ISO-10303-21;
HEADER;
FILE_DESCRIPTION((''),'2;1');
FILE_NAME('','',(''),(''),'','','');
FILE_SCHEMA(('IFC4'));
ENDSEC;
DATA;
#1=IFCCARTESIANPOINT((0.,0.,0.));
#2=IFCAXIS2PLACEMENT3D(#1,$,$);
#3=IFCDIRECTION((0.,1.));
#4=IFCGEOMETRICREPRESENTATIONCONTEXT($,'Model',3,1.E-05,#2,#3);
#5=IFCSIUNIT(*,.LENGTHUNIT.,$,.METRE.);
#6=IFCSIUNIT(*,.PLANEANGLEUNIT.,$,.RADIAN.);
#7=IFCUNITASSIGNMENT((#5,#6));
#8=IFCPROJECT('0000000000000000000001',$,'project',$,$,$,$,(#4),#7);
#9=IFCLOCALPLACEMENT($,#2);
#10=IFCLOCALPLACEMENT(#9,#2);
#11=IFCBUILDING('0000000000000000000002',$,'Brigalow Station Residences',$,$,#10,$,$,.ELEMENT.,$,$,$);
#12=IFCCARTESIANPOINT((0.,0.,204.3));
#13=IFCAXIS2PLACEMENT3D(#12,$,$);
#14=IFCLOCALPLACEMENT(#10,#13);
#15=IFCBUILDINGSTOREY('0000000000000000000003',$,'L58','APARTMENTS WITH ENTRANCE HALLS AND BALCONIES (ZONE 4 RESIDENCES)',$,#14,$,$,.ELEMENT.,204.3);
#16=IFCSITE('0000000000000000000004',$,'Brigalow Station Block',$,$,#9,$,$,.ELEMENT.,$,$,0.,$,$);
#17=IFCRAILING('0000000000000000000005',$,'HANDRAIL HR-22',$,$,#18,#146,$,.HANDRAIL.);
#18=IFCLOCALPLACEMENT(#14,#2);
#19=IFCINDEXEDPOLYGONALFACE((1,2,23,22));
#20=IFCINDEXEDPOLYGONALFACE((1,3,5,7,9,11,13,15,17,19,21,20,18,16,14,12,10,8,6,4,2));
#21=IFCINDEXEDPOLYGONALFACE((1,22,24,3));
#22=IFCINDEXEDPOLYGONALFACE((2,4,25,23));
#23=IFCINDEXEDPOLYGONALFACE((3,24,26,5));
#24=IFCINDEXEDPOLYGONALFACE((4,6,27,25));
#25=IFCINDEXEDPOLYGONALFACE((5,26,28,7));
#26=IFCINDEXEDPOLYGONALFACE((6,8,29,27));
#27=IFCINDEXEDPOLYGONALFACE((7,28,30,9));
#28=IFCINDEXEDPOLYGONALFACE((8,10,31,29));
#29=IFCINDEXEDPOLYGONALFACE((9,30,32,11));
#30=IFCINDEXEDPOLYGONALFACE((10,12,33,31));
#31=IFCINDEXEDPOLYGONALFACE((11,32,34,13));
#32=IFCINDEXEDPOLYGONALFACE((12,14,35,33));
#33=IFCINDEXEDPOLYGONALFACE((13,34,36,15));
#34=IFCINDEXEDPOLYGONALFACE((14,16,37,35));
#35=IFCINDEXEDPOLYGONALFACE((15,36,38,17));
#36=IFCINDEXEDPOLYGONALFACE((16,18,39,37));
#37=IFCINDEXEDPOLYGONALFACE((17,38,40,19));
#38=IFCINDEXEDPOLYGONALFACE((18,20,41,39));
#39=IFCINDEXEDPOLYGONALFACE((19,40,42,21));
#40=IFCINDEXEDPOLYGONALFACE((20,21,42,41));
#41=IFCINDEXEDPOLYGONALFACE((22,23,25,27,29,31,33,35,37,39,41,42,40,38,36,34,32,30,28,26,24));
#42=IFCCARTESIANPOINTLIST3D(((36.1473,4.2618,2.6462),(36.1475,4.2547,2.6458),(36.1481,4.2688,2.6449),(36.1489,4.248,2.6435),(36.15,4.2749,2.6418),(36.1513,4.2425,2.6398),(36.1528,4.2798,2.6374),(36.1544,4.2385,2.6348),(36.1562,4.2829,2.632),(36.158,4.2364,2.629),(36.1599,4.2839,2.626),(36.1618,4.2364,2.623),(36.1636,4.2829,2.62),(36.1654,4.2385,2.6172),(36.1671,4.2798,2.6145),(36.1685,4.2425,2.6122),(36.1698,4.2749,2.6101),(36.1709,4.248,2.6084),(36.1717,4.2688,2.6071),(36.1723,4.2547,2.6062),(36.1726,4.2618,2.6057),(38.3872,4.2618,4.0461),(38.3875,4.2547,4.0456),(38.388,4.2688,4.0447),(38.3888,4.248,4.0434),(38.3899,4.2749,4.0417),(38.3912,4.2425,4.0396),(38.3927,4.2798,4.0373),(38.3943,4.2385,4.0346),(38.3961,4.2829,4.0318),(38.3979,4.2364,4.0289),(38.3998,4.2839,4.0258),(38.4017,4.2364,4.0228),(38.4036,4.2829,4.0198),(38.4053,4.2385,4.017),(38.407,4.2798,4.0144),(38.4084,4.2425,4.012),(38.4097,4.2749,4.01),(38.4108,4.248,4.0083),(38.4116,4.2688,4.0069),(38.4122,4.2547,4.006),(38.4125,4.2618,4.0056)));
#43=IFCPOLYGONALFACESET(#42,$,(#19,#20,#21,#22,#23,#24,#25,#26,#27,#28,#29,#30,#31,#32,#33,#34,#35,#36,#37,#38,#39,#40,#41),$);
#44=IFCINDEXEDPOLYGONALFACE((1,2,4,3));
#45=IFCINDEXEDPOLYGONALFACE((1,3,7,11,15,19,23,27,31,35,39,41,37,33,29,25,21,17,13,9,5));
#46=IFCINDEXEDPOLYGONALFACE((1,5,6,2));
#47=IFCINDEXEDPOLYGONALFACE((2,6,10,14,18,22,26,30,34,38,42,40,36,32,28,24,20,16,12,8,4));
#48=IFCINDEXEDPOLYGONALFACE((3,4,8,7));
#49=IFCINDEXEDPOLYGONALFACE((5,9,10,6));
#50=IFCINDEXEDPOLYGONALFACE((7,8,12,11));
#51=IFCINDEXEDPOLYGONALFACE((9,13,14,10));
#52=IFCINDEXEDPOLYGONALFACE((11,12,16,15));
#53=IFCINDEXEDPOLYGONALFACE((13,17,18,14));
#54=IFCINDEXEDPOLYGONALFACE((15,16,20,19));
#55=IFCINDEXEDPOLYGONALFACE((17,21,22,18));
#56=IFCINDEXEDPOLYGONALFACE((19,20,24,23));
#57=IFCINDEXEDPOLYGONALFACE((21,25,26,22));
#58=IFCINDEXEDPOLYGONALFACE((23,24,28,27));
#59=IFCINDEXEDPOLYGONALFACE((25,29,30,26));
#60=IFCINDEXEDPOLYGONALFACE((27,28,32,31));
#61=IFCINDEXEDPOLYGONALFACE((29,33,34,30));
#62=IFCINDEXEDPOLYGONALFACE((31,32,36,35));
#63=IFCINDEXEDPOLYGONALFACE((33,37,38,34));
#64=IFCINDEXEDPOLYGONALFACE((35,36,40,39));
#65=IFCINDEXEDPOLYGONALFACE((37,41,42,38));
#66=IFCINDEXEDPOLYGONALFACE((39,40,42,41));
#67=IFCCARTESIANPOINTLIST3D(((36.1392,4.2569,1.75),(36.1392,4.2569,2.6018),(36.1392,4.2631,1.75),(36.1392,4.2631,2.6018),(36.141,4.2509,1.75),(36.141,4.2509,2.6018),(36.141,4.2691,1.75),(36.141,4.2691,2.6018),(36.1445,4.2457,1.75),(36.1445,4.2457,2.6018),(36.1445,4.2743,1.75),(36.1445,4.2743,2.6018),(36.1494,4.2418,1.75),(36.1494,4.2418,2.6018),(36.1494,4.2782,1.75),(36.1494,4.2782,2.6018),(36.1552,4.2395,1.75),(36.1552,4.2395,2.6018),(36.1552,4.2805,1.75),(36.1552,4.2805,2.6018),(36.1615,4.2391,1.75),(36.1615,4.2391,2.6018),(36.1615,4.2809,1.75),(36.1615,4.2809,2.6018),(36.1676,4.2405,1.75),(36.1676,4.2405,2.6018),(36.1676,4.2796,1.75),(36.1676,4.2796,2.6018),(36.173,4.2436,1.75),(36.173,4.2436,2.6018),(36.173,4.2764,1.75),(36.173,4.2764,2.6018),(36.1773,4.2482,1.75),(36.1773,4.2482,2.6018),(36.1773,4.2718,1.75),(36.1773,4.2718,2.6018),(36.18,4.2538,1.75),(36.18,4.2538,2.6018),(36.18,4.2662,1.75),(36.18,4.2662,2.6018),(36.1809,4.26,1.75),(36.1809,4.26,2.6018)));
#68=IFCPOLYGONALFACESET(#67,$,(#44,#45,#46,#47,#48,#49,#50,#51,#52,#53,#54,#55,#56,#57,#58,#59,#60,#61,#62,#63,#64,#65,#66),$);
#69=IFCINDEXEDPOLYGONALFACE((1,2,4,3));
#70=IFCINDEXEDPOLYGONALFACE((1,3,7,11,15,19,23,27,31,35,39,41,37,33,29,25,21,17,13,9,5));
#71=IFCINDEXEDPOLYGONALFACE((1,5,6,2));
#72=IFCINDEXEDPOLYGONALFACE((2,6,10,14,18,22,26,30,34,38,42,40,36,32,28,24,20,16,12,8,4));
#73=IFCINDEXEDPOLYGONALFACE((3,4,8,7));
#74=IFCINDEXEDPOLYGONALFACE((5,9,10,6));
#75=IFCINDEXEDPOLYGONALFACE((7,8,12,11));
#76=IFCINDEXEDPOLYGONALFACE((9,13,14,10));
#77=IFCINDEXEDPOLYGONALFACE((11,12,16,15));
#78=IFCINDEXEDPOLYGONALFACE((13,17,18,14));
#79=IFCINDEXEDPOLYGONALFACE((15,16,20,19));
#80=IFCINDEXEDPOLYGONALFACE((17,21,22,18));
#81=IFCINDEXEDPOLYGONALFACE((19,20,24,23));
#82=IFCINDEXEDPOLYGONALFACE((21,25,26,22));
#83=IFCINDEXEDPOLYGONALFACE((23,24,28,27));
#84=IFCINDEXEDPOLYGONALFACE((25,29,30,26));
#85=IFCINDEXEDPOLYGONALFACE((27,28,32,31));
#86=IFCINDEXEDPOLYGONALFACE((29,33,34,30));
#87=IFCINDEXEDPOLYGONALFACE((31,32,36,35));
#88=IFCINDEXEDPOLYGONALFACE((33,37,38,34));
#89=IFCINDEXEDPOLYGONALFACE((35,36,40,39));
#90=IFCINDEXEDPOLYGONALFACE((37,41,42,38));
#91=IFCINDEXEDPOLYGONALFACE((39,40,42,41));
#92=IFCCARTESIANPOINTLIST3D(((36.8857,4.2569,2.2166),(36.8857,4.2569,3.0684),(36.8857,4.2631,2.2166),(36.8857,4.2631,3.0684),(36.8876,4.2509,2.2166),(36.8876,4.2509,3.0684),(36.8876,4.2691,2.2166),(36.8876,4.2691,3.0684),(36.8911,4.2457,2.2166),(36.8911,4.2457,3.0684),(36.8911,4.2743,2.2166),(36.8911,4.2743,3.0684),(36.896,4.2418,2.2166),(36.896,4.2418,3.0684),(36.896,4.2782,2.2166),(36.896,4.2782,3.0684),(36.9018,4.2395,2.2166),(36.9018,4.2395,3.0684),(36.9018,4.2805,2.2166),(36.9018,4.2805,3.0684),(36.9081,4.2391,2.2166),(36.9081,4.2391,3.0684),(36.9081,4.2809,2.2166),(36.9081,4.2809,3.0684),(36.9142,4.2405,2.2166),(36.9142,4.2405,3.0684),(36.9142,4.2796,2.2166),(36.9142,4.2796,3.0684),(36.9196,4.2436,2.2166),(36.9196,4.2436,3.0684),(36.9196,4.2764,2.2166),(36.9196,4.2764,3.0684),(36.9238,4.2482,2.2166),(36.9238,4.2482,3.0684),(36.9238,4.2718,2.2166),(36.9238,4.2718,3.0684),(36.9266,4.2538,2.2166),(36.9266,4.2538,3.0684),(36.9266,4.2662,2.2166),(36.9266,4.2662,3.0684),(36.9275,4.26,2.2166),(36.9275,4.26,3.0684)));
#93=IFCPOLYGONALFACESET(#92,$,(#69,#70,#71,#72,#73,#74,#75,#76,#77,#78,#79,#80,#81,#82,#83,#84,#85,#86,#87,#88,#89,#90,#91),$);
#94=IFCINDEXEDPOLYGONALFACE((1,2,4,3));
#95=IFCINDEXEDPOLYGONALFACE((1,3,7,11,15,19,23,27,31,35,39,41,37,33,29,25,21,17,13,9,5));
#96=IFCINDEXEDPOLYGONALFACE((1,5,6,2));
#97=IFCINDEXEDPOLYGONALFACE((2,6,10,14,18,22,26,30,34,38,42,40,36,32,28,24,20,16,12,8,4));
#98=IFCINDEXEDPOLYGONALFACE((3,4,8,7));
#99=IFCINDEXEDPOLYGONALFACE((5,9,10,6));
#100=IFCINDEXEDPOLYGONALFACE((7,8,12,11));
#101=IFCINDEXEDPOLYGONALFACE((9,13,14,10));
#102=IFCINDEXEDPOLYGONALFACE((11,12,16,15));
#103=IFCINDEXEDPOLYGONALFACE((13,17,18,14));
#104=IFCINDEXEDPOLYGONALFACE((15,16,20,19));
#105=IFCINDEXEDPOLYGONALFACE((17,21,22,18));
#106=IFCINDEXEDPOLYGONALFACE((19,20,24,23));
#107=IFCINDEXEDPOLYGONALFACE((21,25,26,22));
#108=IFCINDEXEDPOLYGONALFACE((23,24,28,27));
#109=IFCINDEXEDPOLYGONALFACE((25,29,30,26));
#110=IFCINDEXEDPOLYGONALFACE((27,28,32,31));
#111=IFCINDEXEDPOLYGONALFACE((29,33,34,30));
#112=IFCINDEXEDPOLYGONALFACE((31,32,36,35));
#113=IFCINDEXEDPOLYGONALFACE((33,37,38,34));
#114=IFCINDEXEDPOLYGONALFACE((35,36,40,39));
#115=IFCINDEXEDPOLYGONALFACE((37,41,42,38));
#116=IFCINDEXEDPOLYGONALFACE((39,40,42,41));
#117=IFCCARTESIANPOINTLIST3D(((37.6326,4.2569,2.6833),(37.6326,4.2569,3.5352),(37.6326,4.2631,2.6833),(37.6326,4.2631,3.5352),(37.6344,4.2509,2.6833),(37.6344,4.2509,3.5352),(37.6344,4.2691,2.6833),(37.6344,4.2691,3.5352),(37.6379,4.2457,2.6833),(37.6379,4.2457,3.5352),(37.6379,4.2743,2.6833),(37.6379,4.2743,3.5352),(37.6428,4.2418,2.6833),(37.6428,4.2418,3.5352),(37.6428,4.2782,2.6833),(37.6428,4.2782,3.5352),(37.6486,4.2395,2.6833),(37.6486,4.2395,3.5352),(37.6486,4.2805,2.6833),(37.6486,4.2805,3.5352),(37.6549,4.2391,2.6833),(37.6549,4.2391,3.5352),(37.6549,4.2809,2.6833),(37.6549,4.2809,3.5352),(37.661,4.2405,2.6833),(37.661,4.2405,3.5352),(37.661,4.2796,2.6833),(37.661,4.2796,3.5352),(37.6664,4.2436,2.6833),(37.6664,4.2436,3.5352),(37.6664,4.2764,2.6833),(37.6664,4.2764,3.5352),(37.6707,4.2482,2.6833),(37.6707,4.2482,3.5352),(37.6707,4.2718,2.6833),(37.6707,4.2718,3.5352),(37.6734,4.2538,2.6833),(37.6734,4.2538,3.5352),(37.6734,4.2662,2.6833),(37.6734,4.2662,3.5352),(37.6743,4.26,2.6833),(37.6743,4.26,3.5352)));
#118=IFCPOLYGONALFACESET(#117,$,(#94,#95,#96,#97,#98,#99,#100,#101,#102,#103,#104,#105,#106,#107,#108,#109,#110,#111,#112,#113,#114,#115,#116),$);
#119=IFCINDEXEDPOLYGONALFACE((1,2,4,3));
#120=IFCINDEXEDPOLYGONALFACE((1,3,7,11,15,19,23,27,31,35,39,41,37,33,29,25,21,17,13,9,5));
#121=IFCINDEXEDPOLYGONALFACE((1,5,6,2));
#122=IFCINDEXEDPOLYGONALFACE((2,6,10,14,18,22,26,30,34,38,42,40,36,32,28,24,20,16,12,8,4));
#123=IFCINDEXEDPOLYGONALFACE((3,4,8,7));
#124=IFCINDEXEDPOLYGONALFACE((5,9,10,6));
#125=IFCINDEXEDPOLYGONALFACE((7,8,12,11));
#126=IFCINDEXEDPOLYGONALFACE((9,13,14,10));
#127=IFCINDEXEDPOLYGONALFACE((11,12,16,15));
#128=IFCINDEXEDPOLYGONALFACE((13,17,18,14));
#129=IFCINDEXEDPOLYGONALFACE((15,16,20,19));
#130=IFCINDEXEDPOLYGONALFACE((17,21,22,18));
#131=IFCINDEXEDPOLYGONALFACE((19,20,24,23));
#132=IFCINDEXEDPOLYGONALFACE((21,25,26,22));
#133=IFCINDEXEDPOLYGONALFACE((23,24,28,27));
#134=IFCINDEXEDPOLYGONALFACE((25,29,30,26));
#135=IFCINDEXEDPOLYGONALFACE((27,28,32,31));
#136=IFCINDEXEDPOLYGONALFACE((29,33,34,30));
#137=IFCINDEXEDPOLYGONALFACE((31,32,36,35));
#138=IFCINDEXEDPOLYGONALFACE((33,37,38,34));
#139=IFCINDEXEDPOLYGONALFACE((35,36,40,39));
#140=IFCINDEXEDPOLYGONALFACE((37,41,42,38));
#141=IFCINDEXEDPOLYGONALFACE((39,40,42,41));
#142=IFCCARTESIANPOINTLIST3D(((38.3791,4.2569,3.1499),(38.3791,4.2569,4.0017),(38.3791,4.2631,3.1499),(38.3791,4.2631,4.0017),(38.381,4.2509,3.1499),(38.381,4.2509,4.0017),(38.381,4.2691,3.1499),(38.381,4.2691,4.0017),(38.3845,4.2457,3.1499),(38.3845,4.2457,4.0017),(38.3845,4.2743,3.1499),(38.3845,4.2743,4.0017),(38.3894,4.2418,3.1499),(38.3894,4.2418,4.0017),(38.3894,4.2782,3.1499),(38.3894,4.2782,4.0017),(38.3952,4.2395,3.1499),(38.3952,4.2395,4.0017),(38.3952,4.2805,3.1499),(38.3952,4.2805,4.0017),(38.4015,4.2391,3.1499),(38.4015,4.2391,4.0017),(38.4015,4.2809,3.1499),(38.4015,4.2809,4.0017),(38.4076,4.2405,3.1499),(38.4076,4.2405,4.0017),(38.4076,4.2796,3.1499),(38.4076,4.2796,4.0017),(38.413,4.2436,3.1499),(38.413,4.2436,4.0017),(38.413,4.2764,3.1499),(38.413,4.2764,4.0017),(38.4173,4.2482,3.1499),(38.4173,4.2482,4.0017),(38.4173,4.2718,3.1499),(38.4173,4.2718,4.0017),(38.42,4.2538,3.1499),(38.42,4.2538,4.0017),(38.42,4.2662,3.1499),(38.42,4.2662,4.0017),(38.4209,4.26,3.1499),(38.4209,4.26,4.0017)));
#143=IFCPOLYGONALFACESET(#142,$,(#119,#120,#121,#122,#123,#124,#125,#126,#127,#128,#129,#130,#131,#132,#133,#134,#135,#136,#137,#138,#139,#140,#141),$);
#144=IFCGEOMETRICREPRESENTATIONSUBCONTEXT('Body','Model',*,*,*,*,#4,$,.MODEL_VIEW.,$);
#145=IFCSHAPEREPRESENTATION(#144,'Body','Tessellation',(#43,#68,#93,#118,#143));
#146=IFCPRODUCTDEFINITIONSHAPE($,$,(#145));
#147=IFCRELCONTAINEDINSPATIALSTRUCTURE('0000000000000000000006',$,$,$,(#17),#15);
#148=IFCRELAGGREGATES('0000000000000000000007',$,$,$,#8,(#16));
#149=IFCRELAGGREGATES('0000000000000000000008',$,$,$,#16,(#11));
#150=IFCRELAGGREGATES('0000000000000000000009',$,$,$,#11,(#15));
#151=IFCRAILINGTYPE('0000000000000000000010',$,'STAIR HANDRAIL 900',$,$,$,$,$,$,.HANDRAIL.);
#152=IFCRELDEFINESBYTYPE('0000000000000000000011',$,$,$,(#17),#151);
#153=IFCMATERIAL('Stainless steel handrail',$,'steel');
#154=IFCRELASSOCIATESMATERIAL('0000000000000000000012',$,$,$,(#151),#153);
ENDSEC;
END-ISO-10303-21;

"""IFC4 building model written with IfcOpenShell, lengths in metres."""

from ifc_helpers import new_model, si_unit, direction, frame, origin, origin_2d, place, context, subcontext, project, spatial, circle, extrude, material, type_object, element, save


model = new_model("IFC4")

# Units and contexts
model_context = context("Model", 3, precision=1e-05, world=origin(), true_north=direction((0.0, 1.0)))
body_context = subcontext(model_context, "Body", "Model", "MODEL_VIEW")
ifc_project = project(units=[si_unit("LENGTHUNIT", "METRE"), si_unit("PLANEANGLEUNIT", "RADIAN")], contexts=[model_context])

# Site, building, storey
site_placement = place(None, origin())
site = spatial("IfcSite", under=ifc_project, at=site_placement, Name="Brigalow Station Block", CompositionType="ELEMENT", RefElevation=0.0)
building_placement = place(site_placement, origin())
building = spatial("IfcBuilding", under=site, at=building_placement, Name="Brigalow Station Residences", CompositionType="ELEMENT")
storey_placement = place(building_placement, frame((0.0, 0.0, 204.3)))
storey = spatial("IfcBuildingStorey", under=building, at=storey_placement, Name="L58", Description="APARTMENTS WITH ENTRANCE HALLS AND BALCONIES (ZONE 4 RESIDENCES)", CompositionType="ELEMENT", Elevation=204.3)

# Railing
ifc_material_1 = material(Name="Stainless steel handrail", Category="steel")
railing_type = type_object("IfcRailingType", Name="STAIR HANDRAIL 900", PredefinedType="HANDRAIL", material=ifc_material_1)
railing_placement = place(storey_placement, frame((36.1599, 4.26, 1.75)))
element("IfcRailing", 1, at=railing_placement, inside=storey, type_object=railing_type, Name="HANDRAIL HR-22", PredefinedType="HANDRAIL", context=body_context, shape_type="SweptSolid", body=[
    extrude(circle(Radius=0.0239, at=origin_2d()), frame((0.0, 0.0, 0.876), z_axis=(0.848014, 0.0, 0.529974), x_axis=(0.0, 1.0, 0.0)), (0.0, 0.0, 1.0), 2.6414),
    extrude(circle(Radius=0.021, at=origin_2d()), origin(), (0.0, 0.0, 1.0), 0.8518),
    extrude(circle(Radius=0.021, at=origin_2d()), frame((0.7466, 0.0, 0.4666)), (0.0, 0.0, 1.0), 0.8518),
    extrude(circle(Radius=0.021, at=origin_2d()), frame((1.4934, 0.0, 0.9333)), (0.0, 0.0, 1.0), 0.8518),
    extrude(circle(Radius=0.021, at=origin_2d()), frame((2.24, 0.0, 1.3999)), (0.0, 0.0, 1.0), 0.8518),
])

save(model, "model.ifc")
